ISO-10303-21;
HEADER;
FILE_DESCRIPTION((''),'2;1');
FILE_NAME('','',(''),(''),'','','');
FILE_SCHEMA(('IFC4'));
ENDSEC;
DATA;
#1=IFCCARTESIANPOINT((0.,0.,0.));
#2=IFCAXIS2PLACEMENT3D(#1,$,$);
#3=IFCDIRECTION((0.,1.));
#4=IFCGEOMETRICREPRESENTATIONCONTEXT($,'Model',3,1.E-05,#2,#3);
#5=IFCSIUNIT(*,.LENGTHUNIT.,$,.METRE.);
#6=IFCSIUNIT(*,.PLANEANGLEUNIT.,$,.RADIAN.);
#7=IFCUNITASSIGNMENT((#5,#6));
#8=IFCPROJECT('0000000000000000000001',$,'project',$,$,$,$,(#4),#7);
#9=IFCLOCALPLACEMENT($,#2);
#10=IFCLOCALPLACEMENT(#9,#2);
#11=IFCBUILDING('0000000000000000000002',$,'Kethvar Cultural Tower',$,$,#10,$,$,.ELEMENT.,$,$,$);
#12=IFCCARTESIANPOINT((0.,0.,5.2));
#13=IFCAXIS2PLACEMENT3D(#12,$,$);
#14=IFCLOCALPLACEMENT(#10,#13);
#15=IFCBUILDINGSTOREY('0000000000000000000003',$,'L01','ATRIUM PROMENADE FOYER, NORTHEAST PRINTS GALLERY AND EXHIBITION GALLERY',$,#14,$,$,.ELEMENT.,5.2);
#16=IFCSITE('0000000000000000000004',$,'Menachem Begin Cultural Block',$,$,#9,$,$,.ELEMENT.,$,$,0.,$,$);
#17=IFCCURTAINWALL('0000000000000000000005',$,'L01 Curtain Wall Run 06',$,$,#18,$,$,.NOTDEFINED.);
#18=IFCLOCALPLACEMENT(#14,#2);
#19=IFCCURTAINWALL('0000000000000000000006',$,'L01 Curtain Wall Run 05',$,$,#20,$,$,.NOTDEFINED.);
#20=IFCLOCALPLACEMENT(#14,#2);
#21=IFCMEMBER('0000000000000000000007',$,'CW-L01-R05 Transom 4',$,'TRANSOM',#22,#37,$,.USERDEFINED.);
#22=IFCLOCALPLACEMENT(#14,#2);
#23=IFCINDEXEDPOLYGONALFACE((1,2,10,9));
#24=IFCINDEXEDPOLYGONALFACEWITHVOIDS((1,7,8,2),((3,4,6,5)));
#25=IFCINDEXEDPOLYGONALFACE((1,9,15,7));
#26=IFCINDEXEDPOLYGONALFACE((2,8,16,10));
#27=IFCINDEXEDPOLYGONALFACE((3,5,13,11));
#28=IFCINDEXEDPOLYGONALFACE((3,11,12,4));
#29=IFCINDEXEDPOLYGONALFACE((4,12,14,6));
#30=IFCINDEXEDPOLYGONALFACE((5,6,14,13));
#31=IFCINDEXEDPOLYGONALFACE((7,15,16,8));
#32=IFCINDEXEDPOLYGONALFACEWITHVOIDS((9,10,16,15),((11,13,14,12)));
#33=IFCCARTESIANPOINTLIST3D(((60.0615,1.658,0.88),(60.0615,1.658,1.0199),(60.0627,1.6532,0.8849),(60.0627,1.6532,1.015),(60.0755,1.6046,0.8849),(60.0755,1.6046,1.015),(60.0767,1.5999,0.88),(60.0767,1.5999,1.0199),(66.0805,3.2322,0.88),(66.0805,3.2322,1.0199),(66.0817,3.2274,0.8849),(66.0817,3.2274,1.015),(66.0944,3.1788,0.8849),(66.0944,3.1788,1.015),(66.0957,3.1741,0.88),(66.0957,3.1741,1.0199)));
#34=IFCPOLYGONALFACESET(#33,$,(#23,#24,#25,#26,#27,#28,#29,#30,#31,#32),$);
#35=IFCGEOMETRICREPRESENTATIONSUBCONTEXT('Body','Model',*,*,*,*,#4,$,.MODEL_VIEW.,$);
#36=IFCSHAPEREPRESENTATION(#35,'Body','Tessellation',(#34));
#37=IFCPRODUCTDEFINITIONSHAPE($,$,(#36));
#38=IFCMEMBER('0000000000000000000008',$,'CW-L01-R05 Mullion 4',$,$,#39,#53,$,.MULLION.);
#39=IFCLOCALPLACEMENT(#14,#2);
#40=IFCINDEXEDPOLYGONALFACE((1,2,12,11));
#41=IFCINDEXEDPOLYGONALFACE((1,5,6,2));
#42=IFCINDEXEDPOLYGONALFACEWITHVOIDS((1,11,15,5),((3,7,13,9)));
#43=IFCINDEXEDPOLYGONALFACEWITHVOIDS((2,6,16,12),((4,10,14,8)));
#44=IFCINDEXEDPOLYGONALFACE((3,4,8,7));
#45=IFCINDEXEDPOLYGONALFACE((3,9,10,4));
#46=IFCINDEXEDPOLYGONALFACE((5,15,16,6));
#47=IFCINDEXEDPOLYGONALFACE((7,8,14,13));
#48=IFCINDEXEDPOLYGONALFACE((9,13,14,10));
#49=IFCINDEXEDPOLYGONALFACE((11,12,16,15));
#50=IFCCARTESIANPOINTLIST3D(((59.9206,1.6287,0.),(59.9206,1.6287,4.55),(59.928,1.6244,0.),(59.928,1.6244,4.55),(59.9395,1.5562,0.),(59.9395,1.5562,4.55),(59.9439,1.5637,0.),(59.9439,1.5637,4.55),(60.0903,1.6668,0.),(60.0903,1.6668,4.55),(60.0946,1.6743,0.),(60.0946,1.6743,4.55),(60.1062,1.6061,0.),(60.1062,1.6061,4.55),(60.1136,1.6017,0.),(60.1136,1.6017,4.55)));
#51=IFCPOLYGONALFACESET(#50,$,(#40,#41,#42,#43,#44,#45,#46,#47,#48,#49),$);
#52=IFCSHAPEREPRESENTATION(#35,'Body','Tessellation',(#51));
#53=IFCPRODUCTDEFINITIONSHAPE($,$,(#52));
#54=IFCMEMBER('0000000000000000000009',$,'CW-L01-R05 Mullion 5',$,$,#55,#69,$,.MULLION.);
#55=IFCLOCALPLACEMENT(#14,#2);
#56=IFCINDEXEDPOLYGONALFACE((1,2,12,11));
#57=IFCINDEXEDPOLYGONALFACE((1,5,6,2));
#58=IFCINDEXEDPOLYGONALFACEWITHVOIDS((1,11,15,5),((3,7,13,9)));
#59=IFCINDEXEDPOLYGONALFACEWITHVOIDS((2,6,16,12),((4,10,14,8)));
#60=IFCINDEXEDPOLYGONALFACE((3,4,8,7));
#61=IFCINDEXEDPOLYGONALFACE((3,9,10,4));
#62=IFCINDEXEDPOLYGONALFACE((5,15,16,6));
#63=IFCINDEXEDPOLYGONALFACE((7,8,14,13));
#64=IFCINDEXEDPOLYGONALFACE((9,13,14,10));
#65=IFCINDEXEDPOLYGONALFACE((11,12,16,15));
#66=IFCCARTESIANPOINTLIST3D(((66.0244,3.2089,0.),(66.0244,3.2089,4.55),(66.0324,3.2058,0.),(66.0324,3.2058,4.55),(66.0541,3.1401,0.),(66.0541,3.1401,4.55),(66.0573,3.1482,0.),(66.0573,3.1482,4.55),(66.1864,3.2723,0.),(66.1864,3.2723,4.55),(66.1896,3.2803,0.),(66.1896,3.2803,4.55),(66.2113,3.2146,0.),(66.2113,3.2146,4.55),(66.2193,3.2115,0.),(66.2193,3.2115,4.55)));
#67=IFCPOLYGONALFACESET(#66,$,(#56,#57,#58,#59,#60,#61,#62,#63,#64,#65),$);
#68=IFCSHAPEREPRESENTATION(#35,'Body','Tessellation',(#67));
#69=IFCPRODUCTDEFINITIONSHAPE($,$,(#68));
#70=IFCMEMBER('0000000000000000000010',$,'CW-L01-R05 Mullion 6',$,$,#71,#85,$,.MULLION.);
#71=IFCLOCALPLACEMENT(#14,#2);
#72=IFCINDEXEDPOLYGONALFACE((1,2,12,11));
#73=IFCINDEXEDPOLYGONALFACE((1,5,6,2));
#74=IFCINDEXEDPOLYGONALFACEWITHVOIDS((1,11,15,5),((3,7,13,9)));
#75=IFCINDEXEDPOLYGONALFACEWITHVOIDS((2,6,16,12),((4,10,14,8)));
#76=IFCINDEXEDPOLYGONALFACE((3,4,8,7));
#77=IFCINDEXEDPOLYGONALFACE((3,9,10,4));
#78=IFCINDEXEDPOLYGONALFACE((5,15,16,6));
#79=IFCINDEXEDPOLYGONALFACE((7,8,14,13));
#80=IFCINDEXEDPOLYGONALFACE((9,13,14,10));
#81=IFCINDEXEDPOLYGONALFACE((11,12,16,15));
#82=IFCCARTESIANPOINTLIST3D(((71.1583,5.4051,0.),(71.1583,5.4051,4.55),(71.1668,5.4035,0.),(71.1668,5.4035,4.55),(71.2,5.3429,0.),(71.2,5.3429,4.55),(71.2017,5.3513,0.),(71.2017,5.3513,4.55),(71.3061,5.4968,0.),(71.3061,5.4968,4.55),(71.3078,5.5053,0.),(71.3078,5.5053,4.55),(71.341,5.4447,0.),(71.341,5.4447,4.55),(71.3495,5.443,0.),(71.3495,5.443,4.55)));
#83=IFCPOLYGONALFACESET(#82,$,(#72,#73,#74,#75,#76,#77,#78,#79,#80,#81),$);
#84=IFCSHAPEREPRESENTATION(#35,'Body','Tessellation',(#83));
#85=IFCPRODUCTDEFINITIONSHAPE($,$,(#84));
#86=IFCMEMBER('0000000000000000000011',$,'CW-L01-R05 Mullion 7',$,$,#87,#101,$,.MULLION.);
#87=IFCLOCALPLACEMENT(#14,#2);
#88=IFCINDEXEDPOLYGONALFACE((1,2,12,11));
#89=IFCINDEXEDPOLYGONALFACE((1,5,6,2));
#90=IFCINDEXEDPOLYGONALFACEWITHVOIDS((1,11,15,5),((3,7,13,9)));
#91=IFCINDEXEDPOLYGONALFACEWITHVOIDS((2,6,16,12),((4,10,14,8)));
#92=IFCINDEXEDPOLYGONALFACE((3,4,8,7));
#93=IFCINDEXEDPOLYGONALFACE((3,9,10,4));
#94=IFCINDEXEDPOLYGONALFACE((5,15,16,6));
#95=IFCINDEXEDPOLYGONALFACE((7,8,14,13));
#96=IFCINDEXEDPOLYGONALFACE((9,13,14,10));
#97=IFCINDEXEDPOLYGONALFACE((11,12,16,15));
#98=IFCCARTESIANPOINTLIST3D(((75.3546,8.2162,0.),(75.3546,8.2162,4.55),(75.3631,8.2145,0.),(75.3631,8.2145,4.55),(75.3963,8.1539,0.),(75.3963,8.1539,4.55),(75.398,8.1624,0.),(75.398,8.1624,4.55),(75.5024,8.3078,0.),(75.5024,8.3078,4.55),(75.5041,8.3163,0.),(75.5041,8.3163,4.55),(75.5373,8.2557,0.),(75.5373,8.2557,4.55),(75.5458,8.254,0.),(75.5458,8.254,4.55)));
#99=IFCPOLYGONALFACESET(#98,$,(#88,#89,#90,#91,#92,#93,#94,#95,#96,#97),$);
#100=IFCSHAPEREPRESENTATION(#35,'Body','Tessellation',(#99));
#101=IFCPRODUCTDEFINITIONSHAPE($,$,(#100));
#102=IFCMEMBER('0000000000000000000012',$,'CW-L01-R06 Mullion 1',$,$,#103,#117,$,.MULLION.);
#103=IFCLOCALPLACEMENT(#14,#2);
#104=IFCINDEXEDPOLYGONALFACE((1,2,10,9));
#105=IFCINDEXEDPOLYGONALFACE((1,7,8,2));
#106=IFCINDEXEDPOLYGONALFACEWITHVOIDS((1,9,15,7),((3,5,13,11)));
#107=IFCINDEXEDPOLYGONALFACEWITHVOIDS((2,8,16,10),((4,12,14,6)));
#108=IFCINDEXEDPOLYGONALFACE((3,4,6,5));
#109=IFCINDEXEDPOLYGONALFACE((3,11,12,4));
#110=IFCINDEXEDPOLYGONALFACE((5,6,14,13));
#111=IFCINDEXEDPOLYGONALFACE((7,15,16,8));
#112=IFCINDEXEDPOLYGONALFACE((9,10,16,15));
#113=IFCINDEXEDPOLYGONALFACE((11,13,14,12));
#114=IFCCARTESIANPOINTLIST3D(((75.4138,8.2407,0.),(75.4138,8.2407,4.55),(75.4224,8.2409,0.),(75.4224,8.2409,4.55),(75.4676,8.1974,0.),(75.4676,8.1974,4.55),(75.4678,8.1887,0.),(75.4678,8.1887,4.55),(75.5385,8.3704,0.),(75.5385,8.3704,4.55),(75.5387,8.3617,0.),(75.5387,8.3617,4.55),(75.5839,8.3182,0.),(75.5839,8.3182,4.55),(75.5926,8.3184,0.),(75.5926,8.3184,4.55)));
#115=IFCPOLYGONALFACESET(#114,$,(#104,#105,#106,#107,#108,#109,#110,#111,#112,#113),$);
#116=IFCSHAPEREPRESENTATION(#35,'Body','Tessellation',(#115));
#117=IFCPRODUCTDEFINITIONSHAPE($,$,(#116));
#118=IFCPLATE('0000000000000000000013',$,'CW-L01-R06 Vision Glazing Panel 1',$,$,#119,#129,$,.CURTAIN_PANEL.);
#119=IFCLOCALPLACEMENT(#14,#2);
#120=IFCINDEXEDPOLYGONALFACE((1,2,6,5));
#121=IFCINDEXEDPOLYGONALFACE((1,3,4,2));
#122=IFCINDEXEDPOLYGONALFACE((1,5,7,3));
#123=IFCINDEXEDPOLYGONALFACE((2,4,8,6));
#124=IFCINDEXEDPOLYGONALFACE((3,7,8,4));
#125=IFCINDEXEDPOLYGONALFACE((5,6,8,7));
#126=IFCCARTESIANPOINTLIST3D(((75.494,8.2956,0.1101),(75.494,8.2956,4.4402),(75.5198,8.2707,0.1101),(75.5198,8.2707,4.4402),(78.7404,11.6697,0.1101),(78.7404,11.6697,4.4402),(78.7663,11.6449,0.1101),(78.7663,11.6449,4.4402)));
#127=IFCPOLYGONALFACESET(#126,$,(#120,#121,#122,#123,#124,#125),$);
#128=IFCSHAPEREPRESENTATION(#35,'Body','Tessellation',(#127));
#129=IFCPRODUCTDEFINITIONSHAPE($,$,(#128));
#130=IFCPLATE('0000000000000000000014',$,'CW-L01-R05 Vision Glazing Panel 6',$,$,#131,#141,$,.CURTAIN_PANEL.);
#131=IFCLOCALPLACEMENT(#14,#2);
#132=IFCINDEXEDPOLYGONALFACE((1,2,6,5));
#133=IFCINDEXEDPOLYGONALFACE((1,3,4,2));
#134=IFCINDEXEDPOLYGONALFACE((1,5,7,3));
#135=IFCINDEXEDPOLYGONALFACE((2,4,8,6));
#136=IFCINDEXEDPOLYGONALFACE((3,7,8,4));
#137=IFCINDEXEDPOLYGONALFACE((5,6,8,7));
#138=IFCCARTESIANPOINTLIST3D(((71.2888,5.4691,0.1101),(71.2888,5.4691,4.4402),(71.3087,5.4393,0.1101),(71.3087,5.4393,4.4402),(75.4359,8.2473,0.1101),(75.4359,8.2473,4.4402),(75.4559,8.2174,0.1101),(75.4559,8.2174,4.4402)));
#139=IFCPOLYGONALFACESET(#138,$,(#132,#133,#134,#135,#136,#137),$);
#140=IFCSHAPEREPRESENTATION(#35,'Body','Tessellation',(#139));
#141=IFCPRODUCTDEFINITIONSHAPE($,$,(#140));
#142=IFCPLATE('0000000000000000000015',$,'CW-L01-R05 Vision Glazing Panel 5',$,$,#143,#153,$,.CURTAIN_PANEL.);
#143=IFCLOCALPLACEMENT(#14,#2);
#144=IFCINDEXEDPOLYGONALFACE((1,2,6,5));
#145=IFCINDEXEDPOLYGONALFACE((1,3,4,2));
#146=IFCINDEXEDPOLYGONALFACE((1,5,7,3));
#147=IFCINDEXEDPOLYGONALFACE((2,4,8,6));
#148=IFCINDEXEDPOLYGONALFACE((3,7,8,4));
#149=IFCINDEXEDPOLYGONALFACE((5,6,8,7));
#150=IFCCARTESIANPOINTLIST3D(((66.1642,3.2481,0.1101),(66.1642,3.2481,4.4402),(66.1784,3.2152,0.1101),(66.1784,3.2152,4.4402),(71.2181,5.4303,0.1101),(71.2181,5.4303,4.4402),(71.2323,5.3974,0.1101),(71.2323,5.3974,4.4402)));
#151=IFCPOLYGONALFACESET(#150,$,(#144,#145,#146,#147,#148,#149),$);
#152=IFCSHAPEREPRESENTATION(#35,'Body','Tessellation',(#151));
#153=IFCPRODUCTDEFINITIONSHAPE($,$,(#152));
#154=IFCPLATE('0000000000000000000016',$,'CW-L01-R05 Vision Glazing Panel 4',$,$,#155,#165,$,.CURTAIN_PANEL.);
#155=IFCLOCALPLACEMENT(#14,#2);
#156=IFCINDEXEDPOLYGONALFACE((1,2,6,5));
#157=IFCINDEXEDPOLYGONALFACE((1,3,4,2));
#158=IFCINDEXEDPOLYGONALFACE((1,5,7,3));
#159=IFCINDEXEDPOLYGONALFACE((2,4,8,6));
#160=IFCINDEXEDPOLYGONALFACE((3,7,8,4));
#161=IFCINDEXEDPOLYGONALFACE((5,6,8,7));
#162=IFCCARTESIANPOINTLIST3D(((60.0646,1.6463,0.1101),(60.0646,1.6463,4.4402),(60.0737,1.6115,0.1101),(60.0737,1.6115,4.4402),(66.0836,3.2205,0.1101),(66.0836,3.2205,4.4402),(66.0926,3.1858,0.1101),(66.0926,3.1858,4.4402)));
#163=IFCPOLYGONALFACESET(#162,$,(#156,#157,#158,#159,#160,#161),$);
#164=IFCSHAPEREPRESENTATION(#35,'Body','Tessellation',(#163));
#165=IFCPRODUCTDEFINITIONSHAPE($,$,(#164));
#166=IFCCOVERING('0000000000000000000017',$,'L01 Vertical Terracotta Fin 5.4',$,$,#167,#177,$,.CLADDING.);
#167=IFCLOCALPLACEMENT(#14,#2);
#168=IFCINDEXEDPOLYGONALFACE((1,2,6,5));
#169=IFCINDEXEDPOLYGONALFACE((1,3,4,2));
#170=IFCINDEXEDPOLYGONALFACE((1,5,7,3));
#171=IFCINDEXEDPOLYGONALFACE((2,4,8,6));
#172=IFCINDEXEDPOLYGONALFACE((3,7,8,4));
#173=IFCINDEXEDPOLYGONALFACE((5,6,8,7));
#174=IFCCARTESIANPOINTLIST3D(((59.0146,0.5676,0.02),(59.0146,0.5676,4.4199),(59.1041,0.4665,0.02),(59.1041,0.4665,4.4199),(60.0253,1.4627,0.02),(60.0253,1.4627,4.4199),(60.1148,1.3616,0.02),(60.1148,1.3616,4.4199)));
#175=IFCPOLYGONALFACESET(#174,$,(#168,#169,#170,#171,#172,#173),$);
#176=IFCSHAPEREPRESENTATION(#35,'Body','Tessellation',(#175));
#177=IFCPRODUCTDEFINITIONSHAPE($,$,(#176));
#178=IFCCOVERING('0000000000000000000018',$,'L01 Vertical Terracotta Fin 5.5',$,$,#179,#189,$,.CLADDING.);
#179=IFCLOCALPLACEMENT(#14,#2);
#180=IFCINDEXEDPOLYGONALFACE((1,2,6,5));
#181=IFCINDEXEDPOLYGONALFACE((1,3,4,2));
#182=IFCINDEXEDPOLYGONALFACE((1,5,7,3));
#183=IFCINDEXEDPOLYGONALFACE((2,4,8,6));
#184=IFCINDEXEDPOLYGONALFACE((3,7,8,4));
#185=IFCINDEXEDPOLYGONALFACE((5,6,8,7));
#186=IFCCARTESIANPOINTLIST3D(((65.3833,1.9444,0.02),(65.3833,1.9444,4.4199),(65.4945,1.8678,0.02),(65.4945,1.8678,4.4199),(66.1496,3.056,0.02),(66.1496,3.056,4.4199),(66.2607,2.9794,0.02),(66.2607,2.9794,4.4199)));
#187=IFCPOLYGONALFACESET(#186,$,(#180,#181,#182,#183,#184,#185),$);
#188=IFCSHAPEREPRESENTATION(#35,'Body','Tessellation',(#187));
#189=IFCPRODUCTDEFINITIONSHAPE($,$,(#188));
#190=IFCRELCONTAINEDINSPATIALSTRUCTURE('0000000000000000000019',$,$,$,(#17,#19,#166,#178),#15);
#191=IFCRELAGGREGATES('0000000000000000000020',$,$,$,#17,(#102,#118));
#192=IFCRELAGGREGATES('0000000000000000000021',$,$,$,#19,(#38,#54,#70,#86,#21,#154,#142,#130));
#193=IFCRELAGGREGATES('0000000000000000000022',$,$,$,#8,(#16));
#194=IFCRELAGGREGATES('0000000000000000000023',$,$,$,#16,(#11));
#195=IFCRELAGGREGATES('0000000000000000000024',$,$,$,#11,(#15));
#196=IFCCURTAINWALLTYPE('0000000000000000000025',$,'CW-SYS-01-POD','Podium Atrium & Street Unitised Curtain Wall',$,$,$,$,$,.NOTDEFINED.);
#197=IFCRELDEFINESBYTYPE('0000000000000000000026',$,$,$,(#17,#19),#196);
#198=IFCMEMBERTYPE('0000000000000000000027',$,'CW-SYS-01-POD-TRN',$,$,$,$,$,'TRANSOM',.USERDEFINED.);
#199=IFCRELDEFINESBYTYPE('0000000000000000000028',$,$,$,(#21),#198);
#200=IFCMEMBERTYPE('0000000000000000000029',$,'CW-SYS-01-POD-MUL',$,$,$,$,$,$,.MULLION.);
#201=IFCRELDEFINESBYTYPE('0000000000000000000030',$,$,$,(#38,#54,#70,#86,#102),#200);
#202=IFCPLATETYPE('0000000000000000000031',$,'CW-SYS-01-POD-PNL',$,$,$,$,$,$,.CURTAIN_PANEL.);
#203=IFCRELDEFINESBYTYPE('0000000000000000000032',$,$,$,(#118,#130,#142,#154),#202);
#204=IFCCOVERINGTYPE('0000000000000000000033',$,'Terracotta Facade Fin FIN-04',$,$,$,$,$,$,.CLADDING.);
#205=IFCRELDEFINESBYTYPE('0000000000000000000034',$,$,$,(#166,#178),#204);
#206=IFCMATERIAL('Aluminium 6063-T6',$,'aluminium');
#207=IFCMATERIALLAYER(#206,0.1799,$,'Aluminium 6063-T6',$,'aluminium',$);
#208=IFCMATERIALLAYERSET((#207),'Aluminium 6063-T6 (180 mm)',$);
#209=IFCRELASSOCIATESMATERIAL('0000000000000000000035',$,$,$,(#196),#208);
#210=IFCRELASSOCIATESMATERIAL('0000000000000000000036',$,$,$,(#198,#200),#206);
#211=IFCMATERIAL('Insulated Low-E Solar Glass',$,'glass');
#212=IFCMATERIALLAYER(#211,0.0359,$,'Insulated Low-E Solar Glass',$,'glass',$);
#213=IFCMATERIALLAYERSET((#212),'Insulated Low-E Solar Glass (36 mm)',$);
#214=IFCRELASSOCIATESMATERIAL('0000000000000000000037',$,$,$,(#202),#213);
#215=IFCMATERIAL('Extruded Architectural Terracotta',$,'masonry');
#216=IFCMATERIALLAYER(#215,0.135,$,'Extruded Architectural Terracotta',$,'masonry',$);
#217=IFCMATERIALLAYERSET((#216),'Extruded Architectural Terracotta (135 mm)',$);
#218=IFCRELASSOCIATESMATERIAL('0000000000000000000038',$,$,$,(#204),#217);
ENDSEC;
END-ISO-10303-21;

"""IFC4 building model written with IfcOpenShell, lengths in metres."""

from ifc_helpers import new_model, si_unit, direction, frame, origin, origin_2d, place, context, subcontext, project, spatial, rectangle, hollow_rectangle, extrude, source, transform, mapped, material, layer, layer_set, material_profile, profile_set, type_object, element, aggregate, save


model = new_model("IFC4")

# Units and contexts
model_context = context("Model", 3, precision=1e-05, world=origin(), true_north=direction((0.0, 1.0)))
body_context = subcontext(model_context, "Body", "Model", "MODEL_VIEW")
ifc_project = project(units=[si_unit("LENGTHUNIT", "METRE"), si_unit("PLANEANGLEUNIT", "RADIAN")], contexts=[model_context])

# Site, building, storey
site_placement = place(None, origin())
site = spatial("IfcSite", under=ifc_project, at=site_placement, Name="Menachem Begin Cultural Block", CompositionType="ELEMENT", RefElevation=0.0)
building_placement = place(site_placement, origin())
building = spatial("IfcBuilding", under=site, at=building_placement, Name="Kethvar Cultural Tower", CompositionType="ELEMENT")
storey_placement = place(building_placement, frame((0.0, 0.0, 5.2)))
storey = spatial("IfcBuildingStorey", under=building, at=storey_placement, Name="L01", Description="ATRIUM PROMENADE FOYER, NORTHEAST PRINTS GALLERY AND EXHIBITION GALLERY", CompositionType="ELEMENT", Elevation=5.2)

# Curtain wall
ifc_material_1 = material(Name="Aluminium 6063-T6", Category="aluminium")
ifc_layer_1 = layer(ifc_material_1, 0.1799, Name="Aluminium 6063-T6", Category="aluminium")
ifc_layer_set_1 = layer_set([ifc_layer_1], Name="Aluminium 6063-T6 (180 mm)")
curtain_wall_type = type_object("IfcCurtainWallType", Name="CW-SYS-01-POD", Description="Podium Atrium & Street Unitised Curtain Wall", PredefinedType="NOTDEFINED", material=ifc_layer_set_1)
curtain_wall_1_placement = place(storey_placement, origin())
curtain_wall_1 = element("IfcCurtainWall", 1, at=curtain_wall_1_placement, inside=storey, type_object=curtain_wall_type, Name="L01 Curtain Wall Run 06", PredefinedType="NOTDEFINED")
ifc_material_profile_1 = material_profile(ifc_material_1, hollow_rectangle(XDim=0.0601, YDim=0.1399, WallThickness=0.0049, at=origin_2d()), Name="Aluminium 6063-T6 — RHS140x60x5")
ifc_profile_set_1 = profile_set([ifc_material_profile_1], Name="Aluminium 6063-T6 — RHS140x60x5")
member_type_1 = type_object("IfcMemberType", Name="CW-SYS-01-POD-TRN", ElementType="TRANSOM", PredefinedType="USERDEFINED", material=ifc_profile_set_1)

# Curtain wall, members
curtain_wall_2_placement = place(storey_placement, origin())
curtain_wall_2 = element("IfcCurtainWall", 2, at=curtain_wall_2_placement, inside=storey, type_object=curtain_wall_type, Name="L01 Curtain Wall Run 05", PredefinedType="NOTDEFINED")
shared_shape_1 = source(origin(), body_context, "Body", "SweptSolid", [
    extrude(hollow_rectangle(XDim=0.0601, YDim=0.1399, WallThickness=0.0049, at=origin_2d()), origin(), (0.0, 0.0, 1.0), 6.2214),
])
member_1_placement = place(storey_placement, frame((60.0691, 1.6289, 0.95), z_axis=(0.967459, 0.253029, 0.0), x_axis=(-0.253029, 0.967459, 0.0)))
member_1 = element("IfcMember", 3, at=member_1_placement, type_object=member_type_1, Name="CW-L01-R05 Transom 4", ObjectType="TRANSOM", PredefinedType="USERDEFINED", context=body_context, shape_type="MappedRepresentation", body=[
    mapped(shared_shape_1, transform((0.0, 0.0, 0.0), scale=1.0)),
])
ifc_material_profile_2 = material_profile(ifc_material_1, hollow_rectangle(XDim=0.075, YDim=0.1799, WallThickness=0.0061, at=origin_2d()), Name="Aluminium 6063-T6 — RHS180x75x6")
ifc_profile_set_2 = profile_set([ifc_material_profile_2], Name="Aluminium 6063-T6 — RHS180x75x6")
member_type_2 = type_object("IfcMemberType", Name="CW-SYS-01-POD-MUL", PredefinedType="MULLION", material=ifc_profile_set_2)
shared_shape_2 = source(origin(), body_context, "Body", "SweptSolid", [
    extrude(hollow_rectangle(XDim=0.075, YDim=0.1799, WallThickness=0.0061, at=origin_2d()), origin(), (0.0, 0.0, 1.0), 4.55),
])
member_2_placement = place(storey_placement, frame((60.0171, 1.6152, 0.0), z_axis=(0.0, 0.0, 1.0), x_axis=(-0.253032, 0.967458, 0.0)))
member_2 = element("IfcMember", 4, at=member_2_placement, type_object=member_type_2, Name="CW-L01-R05 Mullion 4", PredefinedType="MULLION", context=body_context, shape_type="MappedRepresentation", body=[
    mapped(shared_shape_2, transform((0.0, 0.0, 0.0), scale=1.0)),
])
member_3_placement = place(storey_placement, frame((66.1218, 3.2102, 0.0), z_axis=(0.0, 0.0, 1.0), x_axis=(-0.396411, 0.918073, 0.0)))
member_3 = element("IfcMember", 5, at=member_3_placement, type_object=member_type_2, Name="CW-L01-R05 Mullion 5", PredefinedType="MULLION", context=body_context, shape_type="MappedRepresentation", body=[
    mapped(shared_shape_2, transform((0.0, 0.0, 0.0), scale=1.0)),
])
member_4_placement = place(storey_placement, frame((71.2539, 5.4241, 0.0), z_axis=(0.0, 0.0, 1.0), x_axis=(-0.556557, 0.83081, 0.0)))
member_4 = element("IfcMember", 6, at=member_4_placement, type_object=member_type_2, Name="CW-L01-R05 Mullion 6", PredefinedType="MULLION", context=body_context, shape_type="MappedRepresentation", body=[
    mapped(shared_shape_2, transform((0.0, 0.0, 0.0), scale=1.0)),
])
member_5_placement = place(storey_placement, frame((75.4502, 8.2351, 0.0), z_axis=(0.0, 0.0, 1.0), x_axis=(-0.556557, 0.83081, 0.0)))
member_5 = element("IfcMember", 7, at=member_5_placement, type_object=member_type_2, Name="CW-L01-R05 Mullion 7", PredefinedType="MULLION", context=body_context, shape_type="MappedRepresentation", body=[
    mapped(shared_shape_2, transform((0.0, 0.0, 0.0), scale=1.0)),
])

# Member
member_6_placement = place(storey_placement, frame((75.5032, 8.2795, 0.0), z_axis=(0.0, 0.0, 1.0), x_axis=(-0.720612, 0.693339, 0.0)))
member_6 = element("IfcMember", 8, at=member_6_placement, type_object=member_type_2, Name="CW-L01-R06 Mullion 1", PredefinedType="MULLION", context=body_context, shape_type="MappedRepresentation", body=[
    mapped(shared_shape_2, transform((0.0, 0.0, 0.0), scale=1.0)),
])

# Plates
ifc_material_2 = material(Name="Insulated Low-E Solar Glass", Category="glass")
ifc_layer_2 = layer(ifc_material_2, 0.0359, Name="Insulated Low-E Solar Glass", Category="glass")
ifc_layer_set_2 = layer_set([ifc_layer_2], Name="Insulated Low-E Solar Glass (36 mm)")
plate_type = type_object("IfcPlateType", Name="CW-SYS-01-POD-PNL", PredefinedType="CURTAIN_PANEL", material=ifc_layer_set_2)
shared_shape_3 = source(origin(), body_context, "Body", "SweptSolid", [
    extrude(rectangle(XDim=4.6824, YDim=0.0359, at=origin_2d()), origin(), (0.0, 0.0, 1.0), 4.3301),
])
plate_1_placement = place(storey_placement, frame((77.1301, 9.9702, 0.1101), z_axis=(0.0, 0.0, 1.0), x_axis=(0.693339, 0.720612, 0.0)))
plate_1 = element("IfcPlate", 9, at=plate_1_placement, type_object=plate_type, Name="CW-L01-R06 Vision Glazing Panel 1", PredefinedType="CURTAIN_PANEL", context=body_context, shape_type="MappedRepresentation", body=[
    mapped(shared_shape_3, transform((0.0, 0.0, 0.0), scale=1.0)),
])
aggregate(curtain_wall_1, [member_6, plate_1])
shared_shape_4 = source(origin(), body_context, "Body", "SweptSolid", [
    extrude(rectangle(XDim=4.9917, YDim=0.0359, at=origin_2d()), origin(), (0.0, 0.0, 1.0), 4.3301),
])
plate_2_placement = place(storey_placement, frame((73.3723, 6.8433, 0.1101), z_axis=(0.0, 0.0, 1.0), x_axis=(0.83081, 0.556557, 0.0)))
plate_2 = element("IfcPlate", 10, at=plate_2_placement, type_object=plate_type, Name="CW-L01-R05 Vision Glazing Panel 6", PredefinedType="CURTAIN_PANEL", context=body_context, shape_type="MappedRepresentation", body=[
    mapped(shared_shape_4, transform((0.0, 0.0, 0.0), scale=1.0)),
])
shared_shape_5 = source(origin(), body_context, "Body", "SweptSolid", [
    extrude(rectangle(XDim=5.5049, YDim=0.0359, at=origin_2d()), origin(), (0.0, 0.0, 1.0), 4.3301),
])
plate_3_placement = place(storey_placement, frame((68.6982, 4.3228, 0.1101), z_axis=(0.0, 0.0, 1.0), x_axis=(0.918073, 0.396411, 0.0)))
plate_3 = element("IfcPlate", 11, at=plate_3_placement, type_object=plate_type, Name="CW-L01-R05 Vision Glazing Panel 5", PredefinedType="CURTAIN_PANEL", context=body_context, shape_type="MappedRepresentation", body=[
    mapped(shared_shape_5, transform((0.0, 0.0, 0.0), scale=1.0)),
])
shared_shape_6 = source(origin(), body_context, "Body", "SweptSolid", [
    extrude(rectangle(XDim=6.2214, YDim=0.0359, at=origin_2d()), origin(), (0.0, 0.0, 1.0), 4.3301),
])
plate_4_placement = place(storey_placement, frame((63.0786, 2.416, 0.1101), z_axis=(0.0, 0.0, 1.0), x_axis=(0.967458, 0.253032, 0.0)))
plate_4 = element("IfcPlate", 12, at=plate_4_placement, type_object=plate_type, Name="CW-L01-R05 Vision Glazing Panel 4", PredefinedType="CURTAIN_PANEL", context=body_context, shape_type="MappedRepresentation", body=[
    mapped(shared_shape_6, transform((0.0, 0.0, 0.0), scale=1.0)),
])
aggregate(curtain_wall_2, [member_2, member_3, member_4, member_5, member_1, plate_4, plate_3, plate_2])

# Coverings
ifc_material_3 = material(Name="Extruded Architectural Terracotta", Category="masonry")
ifc_layer_3 = layer(ifc_material_3, 0.135, Name="Extruded Architectural Terracotta", Category="masonry")
ifc_layer_set_3 = layer_set([ifc_layer_3], Name="Extruded Architectural Terracotta (135 mm)")
covering_type = type_object("IfcCoveringType", Name="Terracotta Facade Fin FIN-04", PredefinedType="CLADDING", material=ifc_layer_set_3)
shared_shape_7 = source(origin(), body_context, "Body", "SweptSolid", [
    extrude(rectangle(XDim=1.3501, YDim=0.135, at=origin_2d()), origin(), (0.0, 0.0, 1.0), 4.3999),
])
for number, where, z_axis, x_axis, name in (
    (13, (59.5647, 0.9646, 0.02), (0.0, 0.0, 1.0), (-0.748609, -0.663012, 0.0), "L01 Vertical Terracotta Fin 5.4"),
    (14, (65.822, 2.4619, 0.02), (0.0, 0.0, 1.0), (-0.567556, -0.823335, 0.0), "L01 Vertical Terracotta Fin 5.5"),
):
    element("IfcCovering", number, at=place(storey_placement, frame(where, z_axis=z_axis, x_axis=x_axis)), inside=storey, type_object=covering_type, Name=name, PredefinedType="CLADDING", context=body_context, shape_type="MappedRepresentation", body=[
        mapped(shared_shape_7, transform((0.0, 0.0, 0.0), scale=1.0)),
    ])

save(model, "model.ifc")
